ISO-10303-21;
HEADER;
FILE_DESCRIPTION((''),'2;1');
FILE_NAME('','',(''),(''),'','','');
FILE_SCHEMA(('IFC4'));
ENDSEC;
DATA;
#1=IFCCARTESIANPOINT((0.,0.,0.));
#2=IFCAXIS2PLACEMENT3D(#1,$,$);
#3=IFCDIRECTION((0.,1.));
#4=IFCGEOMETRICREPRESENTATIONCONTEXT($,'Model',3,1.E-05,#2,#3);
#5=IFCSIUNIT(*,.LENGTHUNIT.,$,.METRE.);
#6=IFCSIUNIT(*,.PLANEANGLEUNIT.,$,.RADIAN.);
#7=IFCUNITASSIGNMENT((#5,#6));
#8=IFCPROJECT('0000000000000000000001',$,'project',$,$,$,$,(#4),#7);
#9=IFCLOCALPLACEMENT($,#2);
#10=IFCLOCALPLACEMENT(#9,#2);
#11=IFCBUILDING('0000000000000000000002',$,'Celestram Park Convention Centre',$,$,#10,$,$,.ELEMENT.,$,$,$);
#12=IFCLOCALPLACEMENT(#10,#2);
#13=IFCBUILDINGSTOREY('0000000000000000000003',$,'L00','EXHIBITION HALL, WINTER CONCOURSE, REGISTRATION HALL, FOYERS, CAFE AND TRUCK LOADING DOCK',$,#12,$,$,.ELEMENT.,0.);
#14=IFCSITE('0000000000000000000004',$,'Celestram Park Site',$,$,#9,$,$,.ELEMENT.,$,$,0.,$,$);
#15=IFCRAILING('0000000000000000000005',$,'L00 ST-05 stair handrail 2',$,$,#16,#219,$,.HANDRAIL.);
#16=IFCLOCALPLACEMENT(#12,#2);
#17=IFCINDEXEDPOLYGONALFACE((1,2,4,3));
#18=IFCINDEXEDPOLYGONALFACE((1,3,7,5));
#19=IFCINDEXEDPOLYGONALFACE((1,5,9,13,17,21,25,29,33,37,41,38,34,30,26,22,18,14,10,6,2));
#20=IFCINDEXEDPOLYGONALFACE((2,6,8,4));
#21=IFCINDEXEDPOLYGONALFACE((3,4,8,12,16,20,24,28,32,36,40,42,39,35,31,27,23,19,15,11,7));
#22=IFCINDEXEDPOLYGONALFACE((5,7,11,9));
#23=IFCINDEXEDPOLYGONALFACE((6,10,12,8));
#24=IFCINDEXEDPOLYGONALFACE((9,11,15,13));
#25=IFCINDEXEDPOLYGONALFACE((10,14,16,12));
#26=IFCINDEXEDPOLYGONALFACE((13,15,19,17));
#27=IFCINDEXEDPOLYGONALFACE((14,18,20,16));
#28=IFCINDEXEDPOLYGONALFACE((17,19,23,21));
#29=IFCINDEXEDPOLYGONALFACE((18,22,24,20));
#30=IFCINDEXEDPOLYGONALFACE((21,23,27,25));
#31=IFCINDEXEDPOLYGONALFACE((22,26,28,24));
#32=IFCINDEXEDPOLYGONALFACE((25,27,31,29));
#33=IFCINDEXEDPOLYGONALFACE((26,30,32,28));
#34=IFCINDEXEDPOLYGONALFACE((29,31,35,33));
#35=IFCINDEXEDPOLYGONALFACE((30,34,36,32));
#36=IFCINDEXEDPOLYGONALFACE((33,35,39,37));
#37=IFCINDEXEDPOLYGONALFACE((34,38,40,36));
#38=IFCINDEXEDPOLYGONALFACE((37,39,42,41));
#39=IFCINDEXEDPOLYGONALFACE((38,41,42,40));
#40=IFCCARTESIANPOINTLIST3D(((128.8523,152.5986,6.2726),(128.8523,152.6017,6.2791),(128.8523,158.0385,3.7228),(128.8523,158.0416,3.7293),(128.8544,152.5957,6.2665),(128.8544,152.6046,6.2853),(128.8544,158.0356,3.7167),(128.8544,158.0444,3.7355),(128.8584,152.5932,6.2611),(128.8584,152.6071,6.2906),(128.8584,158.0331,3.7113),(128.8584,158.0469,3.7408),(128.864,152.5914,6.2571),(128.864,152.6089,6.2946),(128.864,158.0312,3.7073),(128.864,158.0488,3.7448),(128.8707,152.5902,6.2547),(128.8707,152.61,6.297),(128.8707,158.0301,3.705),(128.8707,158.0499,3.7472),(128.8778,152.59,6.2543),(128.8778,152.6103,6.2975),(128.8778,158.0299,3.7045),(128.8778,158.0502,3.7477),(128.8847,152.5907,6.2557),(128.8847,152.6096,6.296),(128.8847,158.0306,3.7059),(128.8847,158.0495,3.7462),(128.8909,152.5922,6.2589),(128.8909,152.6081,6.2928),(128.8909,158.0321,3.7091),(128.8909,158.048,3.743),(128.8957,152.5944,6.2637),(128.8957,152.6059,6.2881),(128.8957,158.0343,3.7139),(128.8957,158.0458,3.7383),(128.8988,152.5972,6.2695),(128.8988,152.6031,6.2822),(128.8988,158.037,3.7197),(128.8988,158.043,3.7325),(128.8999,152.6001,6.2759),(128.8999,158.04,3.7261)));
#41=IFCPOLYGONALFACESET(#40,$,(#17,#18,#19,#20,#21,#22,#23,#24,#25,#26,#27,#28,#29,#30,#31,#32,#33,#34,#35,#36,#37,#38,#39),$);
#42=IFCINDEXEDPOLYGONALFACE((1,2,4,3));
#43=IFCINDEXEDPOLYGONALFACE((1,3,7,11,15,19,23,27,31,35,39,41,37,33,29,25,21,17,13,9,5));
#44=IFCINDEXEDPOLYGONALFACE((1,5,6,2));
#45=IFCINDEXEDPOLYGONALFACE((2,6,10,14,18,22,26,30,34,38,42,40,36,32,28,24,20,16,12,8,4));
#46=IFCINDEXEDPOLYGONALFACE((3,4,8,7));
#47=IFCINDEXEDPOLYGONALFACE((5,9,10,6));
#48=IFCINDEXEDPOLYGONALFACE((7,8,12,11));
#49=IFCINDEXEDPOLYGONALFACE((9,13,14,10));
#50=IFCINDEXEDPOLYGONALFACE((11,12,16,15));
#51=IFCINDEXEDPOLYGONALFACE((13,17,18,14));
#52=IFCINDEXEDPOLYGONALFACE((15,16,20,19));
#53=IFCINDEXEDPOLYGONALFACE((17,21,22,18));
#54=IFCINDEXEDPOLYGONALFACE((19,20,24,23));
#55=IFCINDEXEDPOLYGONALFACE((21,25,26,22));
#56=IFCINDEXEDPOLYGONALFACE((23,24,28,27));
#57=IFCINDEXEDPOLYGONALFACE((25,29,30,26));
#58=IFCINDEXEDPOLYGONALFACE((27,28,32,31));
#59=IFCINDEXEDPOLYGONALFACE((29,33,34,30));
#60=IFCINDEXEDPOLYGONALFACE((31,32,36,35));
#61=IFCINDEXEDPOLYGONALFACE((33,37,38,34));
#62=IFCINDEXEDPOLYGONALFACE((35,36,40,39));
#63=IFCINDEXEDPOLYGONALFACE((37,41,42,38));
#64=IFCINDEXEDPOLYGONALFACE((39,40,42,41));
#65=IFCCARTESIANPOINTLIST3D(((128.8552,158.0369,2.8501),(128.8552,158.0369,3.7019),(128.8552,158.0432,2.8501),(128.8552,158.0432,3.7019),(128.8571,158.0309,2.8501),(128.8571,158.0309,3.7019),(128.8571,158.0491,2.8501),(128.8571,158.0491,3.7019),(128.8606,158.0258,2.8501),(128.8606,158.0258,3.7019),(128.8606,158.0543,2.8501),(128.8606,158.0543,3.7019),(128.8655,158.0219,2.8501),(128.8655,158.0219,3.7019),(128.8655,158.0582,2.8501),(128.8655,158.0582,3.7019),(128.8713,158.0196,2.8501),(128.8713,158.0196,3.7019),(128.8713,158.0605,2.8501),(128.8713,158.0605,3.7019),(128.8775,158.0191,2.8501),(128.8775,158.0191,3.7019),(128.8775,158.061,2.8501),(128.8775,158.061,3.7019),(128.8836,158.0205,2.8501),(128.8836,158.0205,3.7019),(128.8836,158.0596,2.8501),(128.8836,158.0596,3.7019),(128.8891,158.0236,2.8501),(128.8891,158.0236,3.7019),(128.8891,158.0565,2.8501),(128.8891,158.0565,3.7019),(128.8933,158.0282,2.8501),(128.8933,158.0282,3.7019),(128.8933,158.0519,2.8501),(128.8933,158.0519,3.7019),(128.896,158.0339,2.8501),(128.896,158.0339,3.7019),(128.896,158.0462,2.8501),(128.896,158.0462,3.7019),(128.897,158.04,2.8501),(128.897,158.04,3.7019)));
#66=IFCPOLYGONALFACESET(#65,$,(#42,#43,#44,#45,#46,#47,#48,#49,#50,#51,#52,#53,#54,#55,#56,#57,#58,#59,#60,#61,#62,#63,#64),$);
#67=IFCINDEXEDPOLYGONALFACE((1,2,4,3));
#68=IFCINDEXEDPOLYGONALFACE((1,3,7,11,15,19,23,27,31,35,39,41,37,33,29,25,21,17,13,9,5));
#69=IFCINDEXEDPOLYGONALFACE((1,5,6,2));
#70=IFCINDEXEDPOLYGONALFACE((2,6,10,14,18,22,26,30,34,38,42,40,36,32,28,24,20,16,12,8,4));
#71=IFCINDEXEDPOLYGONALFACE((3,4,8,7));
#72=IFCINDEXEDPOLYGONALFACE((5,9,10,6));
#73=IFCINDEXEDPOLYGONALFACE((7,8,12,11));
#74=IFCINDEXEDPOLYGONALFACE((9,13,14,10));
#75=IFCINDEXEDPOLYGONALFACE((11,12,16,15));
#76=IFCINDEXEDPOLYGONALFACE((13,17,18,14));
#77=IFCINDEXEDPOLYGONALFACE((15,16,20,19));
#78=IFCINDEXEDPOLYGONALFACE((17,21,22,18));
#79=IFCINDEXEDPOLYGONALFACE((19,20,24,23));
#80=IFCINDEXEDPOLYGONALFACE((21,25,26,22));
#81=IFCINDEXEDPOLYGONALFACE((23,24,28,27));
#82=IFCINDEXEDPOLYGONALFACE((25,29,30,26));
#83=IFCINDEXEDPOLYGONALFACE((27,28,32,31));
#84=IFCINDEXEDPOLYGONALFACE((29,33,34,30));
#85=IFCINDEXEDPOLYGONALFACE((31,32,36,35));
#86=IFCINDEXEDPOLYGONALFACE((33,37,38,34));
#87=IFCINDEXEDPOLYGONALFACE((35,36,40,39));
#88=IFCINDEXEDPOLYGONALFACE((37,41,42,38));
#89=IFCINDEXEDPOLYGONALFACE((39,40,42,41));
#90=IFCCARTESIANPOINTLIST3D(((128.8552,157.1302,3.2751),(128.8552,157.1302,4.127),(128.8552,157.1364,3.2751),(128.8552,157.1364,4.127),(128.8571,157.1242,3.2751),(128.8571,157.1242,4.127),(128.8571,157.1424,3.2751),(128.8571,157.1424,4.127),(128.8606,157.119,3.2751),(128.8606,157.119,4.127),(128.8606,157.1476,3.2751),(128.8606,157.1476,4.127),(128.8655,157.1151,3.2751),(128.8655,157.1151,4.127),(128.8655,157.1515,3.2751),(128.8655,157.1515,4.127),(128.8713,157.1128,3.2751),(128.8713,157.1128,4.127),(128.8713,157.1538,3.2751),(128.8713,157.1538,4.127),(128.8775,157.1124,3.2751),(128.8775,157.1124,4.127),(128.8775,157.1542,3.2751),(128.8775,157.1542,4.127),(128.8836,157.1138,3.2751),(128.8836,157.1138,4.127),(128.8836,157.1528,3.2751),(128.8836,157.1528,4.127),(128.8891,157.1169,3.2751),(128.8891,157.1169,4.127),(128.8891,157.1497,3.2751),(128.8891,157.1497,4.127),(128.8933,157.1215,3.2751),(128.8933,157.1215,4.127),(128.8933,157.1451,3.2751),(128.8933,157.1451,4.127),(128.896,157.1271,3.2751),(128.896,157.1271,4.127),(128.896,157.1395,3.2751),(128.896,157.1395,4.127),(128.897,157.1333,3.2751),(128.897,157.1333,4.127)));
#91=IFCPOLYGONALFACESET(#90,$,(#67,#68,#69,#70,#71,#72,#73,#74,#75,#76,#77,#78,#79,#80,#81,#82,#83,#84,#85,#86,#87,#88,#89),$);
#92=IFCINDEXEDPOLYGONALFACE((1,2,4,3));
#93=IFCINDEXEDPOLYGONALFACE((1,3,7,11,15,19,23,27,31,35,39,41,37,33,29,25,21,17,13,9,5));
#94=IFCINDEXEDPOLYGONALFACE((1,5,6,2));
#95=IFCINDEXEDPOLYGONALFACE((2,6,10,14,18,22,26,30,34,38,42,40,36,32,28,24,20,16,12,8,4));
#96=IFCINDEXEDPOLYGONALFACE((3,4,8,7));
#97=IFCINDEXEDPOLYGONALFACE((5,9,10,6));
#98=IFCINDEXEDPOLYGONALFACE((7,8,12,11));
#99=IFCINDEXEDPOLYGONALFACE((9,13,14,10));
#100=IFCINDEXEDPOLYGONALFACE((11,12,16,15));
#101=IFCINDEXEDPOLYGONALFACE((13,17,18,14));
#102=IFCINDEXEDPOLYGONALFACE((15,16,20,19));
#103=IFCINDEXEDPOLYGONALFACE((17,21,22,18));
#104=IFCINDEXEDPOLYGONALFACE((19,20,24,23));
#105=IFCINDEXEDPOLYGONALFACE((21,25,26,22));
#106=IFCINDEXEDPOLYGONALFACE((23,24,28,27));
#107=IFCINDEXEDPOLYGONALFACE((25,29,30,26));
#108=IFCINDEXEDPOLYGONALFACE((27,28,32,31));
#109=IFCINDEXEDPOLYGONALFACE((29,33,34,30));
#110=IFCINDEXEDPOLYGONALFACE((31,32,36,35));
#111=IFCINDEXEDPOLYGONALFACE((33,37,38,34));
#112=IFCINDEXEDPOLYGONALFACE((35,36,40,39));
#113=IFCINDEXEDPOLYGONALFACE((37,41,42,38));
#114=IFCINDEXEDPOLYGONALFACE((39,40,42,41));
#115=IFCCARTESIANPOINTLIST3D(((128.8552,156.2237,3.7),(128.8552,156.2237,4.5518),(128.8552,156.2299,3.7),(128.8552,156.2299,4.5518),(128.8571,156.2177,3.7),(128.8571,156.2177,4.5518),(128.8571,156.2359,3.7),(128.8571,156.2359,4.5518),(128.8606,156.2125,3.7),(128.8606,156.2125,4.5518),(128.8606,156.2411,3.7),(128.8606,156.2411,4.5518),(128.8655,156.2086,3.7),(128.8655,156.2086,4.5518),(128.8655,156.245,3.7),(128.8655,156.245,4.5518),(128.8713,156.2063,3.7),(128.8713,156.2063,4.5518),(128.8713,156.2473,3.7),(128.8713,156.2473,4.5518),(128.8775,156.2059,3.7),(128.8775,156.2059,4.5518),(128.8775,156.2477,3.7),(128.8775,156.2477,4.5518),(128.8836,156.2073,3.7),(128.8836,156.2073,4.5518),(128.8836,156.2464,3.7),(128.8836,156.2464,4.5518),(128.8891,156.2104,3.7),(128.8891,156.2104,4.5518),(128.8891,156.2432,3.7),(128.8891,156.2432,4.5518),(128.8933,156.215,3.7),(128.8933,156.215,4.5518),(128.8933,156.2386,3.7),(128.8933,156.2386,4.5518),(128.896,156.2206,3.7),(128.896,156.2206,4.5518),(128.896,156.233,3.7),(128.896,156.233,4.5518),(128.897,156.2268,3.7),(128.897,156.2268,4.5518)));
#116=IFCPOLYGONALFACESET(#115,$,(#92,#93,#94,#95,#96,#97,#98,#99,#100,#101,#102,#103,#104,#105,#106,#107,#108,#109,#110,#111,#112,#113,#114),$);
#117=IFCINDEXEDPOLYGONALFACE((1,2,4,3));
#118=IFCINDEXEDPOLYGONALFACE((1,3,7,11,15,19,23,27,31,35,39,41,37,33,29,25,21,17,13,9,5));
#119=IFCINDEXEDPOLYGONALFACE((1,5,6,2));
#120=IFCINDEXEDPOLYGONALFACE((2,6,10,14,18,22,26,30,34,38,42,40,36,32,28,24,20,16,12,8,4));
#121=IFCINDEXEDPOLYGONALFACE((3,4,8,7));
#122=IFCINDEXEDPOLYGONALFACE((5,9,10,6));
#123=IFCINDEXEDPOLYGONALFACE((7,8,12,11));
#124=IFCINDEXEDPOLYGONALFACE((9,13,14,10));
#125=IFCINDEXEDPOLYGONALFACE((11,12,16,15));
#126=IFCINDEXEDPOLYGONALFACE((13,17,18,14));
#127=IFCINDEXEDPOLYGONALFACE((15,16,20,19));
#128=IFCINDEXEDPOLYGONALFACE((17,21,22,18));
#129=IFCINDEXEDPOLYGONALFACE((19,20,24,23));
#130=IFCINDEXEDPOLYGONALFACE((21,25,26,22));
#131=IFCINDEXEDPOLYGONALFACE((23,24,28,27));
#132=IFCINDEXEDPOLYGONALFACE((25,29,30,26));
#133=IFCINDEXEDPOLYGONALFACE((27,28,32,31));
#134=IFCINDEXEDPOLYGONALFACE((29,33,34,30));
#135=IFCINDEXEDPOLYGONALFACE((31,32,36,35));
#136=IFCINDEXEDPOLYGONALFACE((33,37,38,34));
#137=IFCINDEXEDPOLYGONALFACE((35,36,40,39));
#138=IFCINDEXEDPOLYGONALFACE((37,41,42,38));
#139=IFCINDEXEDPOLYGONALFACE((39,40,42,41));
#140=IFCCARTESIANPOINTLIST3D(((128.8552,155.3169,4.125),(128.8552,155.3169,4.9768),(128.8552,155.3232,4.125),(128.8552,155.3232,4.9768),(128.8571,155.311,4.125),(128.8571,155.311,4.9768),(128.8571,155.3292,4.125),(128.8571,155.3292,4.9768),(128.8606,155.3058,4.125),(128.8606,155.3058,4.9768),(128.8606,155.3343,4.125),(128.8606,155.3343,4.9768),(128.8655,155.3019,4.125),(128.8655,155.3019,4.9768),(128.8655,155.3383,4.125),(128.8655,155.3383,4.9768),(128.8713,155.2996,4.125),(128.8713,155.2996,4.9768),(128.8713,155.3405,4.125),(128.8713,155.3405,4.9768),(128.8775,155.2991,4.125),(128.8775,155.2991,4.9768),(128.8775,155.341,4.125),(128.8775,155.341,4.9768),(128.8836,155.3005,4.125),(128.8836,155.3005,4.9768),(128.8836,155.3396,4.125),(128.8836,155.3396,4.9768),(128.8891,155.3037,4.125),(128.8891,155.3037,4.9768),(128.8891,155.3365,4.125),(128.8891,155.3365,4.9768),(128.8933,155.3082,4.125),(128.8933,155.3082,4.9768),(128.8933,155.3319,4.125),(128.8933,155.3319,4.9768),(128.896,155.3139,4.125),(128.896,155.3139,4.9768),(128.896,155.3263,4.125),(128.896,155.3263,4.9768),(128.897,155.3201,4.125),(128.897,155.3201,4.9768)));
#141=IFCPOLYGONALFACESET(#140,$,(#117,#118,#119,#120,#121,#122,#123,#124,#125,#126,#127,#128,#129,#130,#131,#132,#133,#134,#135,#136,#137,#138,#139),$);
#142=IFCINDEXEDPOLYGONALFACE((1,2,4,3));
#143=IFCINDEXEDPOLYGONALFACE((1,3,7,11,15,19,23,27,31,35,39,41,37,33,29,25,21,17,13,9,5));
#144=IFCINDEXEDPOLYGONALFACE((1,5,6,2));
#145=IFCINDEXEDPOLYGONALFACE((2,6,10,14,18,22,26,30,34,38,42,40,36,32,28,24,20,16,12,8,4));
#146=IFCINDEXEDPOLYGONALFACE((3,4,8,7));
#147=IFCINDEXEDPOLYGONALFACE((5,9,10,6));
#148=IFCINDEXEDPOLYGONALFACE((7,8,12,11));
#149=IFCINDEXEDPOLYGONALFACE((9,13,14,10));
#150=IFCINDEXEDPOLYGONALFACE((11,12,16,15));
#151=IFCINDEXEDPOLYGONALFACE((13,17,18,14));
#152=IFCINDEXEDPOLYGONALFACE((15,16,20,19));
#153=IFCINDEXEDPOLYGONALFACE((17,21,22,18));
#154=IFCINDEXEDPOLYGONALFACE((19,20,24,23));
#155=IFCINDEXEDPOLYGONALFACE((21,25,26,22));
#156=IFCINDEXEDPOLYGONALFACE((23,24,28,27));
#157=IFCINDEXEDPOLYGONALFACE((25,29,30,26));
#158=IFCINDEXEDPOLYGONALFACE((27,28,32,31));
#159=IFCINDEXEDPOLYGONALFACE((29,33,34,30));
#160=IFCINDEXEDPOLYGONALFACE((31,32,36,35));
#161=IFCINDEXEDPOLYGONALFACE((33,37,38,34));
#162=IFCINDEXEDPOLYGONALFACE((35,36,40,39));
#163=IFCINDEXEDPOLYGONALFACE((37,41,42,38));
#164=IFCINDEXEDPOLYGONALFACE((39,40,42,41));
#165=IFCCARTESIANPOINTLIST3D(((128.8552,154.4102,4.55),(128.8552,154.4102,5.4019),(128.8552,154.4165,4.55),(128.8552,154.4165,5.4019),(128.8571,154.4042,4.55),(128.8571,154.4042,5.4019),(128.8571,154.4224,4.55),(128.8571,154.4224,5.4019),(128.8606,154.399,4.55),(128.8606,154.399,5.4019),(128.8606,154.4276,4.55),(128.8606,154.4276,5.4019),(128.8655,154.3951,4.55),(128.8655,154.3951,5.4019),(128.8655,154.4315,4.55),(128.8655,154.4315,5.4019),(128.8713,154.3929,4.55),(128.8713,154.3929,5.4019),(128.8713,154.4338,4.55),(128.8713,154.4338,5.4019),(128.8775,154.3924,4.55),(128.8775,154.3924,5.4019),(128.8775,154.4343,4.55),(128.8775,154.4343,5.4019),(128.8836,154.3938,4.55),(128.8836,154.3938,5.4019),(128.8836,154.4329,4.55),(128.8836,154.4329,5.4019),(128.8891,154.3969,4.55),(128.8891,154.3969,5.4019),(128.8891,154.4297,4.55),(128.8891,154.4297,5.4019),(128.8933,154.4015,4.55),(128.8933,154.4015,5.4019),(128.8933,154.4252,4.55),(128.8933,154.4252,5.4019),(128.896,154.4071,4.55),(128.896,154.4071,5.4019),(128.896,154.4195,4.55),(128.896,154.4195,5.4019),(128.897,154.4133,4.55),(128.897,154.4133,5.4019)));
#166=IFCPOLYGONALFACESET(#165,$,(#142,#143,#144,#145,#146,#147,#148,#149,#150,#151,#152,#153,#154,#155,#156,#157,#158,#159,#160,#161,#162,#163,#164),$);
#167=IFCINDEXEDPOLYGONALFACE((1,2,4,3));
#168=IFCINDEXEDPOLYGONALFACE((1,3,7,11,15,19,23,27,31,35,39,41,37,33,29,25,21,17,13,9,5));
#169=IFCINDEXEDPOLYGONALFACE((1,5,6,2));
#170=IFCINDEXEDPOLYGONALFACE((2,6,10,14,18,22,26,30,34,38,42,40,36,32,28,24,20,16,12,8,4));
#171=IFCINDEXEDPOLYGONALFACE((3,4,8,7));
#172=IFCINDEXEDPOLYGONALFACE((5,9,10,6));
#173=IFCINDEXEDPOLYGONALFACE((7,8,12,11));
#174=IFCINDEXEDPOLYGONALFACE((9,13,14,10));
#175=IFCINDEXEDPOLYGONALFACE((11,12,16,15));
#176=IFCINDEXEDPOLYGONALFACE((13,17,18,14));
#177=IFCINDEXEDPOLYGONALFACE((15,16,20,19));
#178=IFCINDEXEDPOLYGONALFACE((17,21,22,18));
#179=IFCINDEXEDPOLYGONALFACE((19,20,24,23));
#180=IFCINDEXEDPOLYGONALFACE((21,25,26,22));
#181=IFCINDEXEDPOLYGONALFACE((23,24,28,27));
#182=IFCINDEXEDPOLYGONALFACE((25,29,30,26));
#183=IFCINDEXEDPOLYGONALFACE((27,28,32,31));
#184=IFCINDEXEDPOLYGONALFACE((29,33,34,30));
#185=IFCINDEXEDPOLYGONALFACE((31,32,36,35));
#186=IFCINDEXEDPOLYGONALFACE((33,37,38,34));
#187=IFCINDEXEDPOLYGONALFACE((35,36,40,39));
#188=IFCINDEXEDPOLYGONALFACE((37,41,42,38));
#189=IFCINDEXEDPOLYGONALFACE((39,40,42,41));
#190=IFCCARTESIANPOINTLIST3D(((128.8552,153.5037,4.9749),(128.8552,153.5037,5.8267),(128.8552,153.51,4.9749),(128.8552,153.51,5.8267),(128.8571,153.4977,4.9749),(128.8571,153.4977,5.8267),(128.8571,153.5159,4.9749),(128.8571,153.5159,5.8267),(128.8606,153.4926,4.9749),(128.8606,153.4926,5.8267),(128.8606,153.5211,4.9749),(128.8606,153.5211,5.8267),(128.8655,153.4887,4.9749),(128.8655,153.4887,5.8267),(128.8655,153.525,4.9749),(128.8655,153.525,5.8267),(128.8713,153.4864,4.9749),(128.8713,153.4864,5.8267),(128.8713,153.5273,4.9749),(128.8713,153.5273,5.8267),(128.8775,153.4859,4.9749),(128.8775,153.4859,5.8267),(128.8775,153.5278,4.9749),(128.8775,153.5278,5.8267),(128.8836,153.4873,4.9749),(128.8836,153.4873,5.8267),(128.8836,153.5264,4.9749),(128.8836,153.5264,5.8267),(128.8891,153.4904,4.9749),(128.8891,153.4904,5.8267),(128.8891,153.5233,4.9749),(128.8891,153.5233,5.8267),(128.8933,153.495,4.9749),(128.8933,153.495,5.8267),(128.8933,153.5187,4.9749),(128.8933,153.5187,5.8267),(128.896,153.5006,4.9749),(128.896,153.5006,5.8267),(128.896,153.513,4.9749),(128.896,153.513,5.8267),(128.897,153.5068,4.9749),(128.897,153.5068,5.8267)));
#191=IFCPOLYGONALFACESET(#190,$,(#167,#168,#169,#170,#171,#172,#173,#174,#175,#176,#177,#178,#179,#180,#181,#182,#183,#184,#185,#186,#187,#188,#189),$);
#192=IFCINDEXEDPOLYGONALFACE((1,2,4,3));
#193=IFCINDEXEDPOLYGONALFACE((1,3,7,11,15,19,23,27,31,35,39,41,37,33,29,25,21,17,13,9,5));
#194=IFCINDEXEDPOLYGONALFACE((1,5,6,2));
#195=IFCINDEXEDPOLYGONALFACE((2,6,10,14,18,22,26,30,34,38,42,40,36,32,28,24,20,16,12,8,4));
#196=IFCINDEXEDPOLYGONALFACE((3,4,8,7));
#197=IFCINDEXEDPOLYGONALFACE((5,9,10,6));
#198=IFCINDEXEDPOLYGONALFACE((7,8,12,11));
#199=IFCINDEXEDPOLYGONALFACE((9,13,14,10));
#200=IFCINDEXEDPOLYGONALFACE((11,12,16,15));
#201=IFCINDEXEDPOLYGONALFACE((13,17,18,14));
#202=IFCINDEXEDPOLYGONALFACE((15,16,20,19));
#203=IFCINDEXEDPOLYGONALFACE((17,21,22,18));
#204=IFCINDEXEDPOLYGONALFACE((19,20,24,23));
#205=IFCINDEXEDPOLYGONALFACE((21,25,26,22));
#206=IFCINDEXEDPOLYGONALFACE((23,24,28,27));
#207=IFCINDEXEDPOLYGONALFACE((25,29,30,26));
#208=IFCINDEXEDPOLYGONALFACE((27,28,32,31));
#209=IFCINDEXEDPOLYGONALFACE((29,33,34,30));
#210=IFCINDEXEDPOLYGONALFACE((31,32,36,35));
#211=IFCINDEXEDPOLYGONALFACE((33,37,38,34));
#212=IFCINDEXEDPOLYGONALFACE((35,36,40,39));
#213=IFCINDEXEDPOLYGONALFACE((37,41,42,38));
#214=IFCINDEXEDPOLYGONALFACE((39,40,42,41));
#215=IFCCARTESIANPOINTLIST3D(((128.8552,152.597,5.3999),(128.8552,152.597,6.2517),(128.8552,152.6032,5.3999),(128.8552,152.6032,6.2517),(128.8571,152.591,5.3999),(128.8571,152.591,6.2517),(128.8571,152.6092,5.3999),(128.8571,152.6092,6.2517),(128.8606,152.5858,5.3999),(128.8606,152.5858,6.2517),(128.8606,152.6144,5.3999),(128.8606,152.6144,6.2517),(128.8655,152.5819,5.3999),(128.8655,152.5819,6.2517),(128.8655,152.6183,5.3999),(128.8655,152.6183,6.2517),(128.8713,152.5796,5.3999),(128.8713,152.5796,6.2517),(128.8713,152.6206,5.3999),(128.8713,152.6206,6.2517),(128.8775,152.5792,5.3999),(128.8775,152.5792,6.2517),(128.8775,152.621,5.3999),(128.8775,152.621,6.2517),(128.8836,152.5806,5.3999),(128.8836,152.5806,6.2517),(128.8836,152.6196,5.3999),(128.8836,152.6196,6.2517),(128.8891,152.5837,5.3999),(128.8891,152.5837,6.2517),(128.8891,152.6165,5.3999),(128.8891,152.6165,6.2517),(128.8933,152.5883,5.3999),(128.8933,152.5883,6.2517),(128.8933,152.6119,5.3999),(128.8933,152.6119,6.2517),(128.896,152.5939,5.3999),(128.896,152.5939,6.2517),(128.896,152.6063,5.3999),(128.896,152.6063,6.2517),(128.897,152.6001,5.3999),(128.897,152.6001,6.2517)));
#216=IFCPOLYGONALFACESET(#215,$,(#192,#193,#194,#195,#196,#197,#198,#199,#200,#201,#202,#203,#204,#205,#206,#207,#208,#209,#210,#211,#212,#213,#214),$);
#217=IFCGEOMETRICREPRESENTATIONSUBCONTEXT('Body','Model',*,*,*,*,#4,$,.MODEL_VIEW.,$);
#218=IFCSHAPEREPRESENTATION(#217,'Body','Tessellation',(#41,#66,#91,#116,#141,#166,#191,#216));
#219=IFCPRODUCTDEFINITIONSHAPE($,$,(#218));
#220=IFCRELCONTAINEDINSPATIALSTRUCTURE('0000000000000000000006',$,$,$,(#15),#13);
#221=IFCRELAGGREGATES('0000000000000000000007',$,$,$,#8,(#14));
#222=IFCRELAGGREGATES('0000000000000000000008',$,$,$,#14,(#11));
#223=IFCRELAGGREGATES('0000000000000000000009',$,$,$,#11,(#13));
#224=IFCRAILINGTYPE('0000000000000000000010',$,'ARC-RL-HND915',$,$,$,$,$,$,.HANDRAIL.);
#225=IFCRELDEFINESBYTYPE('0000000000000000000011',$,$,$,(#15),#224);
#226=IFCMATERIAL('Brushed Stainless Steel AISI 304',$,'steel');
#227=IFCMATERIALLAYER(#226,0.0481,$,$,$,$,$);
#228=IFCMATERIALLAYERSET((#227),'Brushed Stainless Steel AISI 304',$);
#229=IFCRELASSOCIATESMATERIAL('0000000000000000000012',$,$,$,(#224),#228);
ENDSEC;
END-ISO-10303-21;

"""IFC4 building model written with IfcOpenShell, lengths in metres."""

from ifc_helpers import new_model, si_unit, direction, frame, origin, origin_2d, place, context, subcontext, project, spatial, circle, extrude, material, layer, layer_set, type_object, element, save


model = new_model("IFC4")

# Units and contexts
model_context = context("Model", 3, precision=1e-05, world=origin(), true_north=direction((0.0, 1.0)))
body_context = subcontext(model_context, "Body", "Model", "MODEL_VIEW")
ifc_project = project(units=[si_unit("LENGTHUNIT", "METRE"), si_unit("PLANEANGLEUNIT", "RADIAN")], contexts=[model_context])

# Site, building, storey
site_placement = place(None, origin())
site = spatial("IfcSite", under=ifc_project, at=site_placement, Name="Celestram Park Site", CompositionType="ELEMENT", RefElevation=0.0)
building_placement = place(site_placement, origin())
building = spatial("IfcBuilding", under=site, at=building_placement, Name="Celestram Park Convention Centre", CompositionType="ELEMENT")
storey_placement = place(building_placement, origin())
storey = spatial("IfcBuildingStorey", under=building, at=storey_placement, Name="L00", Description="EXHIBITION HALL, WINTER CONCOURSE, REGISTRATION HALL, FOYERS, CAFE AND TRUCK LOADING DOCK", CompositionType="ELEMENT", Elevation=0.0)

# Railing
ifc_material_1 = material(Name="Brushed Stainless Steel AISI 304", Category="steel")
ifc_layer_1 = layer(ifc_material_1, 0.0481)
ifc_layer_set_1 = layer_set([ifc_layer_1], Name="Brushed Stainless Steel AISI 304")
railing_type_1 = type_object("IfcRailingType", Name="ARC-RL-HND915", PredefinedType="HANDRAIL", material=ifc_layer_set_1)
railing_1_placement = place(storey_placement, frame((128.876, 158.04, 2.8501)))
element("IfcRailing", 1, at=railing_1_placement, inside=storey, type_object=railing_type_1, Name="L00 ST-05 stair handrail 2", PredefinedType="HANDRAIL", context=body_context, shape_type="SweptSolid", body=[
    extrude(circle(Radius=0.0239, at=origin_2d()), frame((0.0, 0.0, 0.876), z_axis=(0.0, -0.90547, 0.424411), x_axis=(1.0, 0.0, 0.0)), (0.0, 0.0, 1.0), 6.0078),
    extrude(circle(Radius=0.021, at=origin_2d()), origin(), (0.0, 0.0, 1.0), 0.8518),
    extrude(circle(Radius=0.021, at=origin_2d()), frame((0.0, -0.9067, 0.425)), (0.0, 0.0, 1.0), 0.8518),
    extrude(circle(Radius=0.021, at=origin_2d()), frame((0.0, -1.8132, 0.8499)), (0.0, 0.0, 1.0), 0.8518),
    extrude(circle(Radius=0.021, at=origin_2d()), frame((0.0, -2.72, 1.2749)), (0.0, 0.0, 1.0), 0.8518),
    extrude(circle(Radius=0.021, at=origin_2d()), frame((0.0, -3.6267, 1.7)), (0.0, 0.0, 1.0), 0.8518),
    extrude(circle(Radius=0.021, at=origin_2d()), frame((0.0, -4.5332, 2.1248)), (0.0, 0.0, 1.0), 0.8518),
    extrude(circle(Radius=0.021, at=origin_2d()), frame((0.0, -5.4399, 2.5498)), (0.0, 0.0, 1.0), 0.8518),
])

save(model, "model.ifc")
